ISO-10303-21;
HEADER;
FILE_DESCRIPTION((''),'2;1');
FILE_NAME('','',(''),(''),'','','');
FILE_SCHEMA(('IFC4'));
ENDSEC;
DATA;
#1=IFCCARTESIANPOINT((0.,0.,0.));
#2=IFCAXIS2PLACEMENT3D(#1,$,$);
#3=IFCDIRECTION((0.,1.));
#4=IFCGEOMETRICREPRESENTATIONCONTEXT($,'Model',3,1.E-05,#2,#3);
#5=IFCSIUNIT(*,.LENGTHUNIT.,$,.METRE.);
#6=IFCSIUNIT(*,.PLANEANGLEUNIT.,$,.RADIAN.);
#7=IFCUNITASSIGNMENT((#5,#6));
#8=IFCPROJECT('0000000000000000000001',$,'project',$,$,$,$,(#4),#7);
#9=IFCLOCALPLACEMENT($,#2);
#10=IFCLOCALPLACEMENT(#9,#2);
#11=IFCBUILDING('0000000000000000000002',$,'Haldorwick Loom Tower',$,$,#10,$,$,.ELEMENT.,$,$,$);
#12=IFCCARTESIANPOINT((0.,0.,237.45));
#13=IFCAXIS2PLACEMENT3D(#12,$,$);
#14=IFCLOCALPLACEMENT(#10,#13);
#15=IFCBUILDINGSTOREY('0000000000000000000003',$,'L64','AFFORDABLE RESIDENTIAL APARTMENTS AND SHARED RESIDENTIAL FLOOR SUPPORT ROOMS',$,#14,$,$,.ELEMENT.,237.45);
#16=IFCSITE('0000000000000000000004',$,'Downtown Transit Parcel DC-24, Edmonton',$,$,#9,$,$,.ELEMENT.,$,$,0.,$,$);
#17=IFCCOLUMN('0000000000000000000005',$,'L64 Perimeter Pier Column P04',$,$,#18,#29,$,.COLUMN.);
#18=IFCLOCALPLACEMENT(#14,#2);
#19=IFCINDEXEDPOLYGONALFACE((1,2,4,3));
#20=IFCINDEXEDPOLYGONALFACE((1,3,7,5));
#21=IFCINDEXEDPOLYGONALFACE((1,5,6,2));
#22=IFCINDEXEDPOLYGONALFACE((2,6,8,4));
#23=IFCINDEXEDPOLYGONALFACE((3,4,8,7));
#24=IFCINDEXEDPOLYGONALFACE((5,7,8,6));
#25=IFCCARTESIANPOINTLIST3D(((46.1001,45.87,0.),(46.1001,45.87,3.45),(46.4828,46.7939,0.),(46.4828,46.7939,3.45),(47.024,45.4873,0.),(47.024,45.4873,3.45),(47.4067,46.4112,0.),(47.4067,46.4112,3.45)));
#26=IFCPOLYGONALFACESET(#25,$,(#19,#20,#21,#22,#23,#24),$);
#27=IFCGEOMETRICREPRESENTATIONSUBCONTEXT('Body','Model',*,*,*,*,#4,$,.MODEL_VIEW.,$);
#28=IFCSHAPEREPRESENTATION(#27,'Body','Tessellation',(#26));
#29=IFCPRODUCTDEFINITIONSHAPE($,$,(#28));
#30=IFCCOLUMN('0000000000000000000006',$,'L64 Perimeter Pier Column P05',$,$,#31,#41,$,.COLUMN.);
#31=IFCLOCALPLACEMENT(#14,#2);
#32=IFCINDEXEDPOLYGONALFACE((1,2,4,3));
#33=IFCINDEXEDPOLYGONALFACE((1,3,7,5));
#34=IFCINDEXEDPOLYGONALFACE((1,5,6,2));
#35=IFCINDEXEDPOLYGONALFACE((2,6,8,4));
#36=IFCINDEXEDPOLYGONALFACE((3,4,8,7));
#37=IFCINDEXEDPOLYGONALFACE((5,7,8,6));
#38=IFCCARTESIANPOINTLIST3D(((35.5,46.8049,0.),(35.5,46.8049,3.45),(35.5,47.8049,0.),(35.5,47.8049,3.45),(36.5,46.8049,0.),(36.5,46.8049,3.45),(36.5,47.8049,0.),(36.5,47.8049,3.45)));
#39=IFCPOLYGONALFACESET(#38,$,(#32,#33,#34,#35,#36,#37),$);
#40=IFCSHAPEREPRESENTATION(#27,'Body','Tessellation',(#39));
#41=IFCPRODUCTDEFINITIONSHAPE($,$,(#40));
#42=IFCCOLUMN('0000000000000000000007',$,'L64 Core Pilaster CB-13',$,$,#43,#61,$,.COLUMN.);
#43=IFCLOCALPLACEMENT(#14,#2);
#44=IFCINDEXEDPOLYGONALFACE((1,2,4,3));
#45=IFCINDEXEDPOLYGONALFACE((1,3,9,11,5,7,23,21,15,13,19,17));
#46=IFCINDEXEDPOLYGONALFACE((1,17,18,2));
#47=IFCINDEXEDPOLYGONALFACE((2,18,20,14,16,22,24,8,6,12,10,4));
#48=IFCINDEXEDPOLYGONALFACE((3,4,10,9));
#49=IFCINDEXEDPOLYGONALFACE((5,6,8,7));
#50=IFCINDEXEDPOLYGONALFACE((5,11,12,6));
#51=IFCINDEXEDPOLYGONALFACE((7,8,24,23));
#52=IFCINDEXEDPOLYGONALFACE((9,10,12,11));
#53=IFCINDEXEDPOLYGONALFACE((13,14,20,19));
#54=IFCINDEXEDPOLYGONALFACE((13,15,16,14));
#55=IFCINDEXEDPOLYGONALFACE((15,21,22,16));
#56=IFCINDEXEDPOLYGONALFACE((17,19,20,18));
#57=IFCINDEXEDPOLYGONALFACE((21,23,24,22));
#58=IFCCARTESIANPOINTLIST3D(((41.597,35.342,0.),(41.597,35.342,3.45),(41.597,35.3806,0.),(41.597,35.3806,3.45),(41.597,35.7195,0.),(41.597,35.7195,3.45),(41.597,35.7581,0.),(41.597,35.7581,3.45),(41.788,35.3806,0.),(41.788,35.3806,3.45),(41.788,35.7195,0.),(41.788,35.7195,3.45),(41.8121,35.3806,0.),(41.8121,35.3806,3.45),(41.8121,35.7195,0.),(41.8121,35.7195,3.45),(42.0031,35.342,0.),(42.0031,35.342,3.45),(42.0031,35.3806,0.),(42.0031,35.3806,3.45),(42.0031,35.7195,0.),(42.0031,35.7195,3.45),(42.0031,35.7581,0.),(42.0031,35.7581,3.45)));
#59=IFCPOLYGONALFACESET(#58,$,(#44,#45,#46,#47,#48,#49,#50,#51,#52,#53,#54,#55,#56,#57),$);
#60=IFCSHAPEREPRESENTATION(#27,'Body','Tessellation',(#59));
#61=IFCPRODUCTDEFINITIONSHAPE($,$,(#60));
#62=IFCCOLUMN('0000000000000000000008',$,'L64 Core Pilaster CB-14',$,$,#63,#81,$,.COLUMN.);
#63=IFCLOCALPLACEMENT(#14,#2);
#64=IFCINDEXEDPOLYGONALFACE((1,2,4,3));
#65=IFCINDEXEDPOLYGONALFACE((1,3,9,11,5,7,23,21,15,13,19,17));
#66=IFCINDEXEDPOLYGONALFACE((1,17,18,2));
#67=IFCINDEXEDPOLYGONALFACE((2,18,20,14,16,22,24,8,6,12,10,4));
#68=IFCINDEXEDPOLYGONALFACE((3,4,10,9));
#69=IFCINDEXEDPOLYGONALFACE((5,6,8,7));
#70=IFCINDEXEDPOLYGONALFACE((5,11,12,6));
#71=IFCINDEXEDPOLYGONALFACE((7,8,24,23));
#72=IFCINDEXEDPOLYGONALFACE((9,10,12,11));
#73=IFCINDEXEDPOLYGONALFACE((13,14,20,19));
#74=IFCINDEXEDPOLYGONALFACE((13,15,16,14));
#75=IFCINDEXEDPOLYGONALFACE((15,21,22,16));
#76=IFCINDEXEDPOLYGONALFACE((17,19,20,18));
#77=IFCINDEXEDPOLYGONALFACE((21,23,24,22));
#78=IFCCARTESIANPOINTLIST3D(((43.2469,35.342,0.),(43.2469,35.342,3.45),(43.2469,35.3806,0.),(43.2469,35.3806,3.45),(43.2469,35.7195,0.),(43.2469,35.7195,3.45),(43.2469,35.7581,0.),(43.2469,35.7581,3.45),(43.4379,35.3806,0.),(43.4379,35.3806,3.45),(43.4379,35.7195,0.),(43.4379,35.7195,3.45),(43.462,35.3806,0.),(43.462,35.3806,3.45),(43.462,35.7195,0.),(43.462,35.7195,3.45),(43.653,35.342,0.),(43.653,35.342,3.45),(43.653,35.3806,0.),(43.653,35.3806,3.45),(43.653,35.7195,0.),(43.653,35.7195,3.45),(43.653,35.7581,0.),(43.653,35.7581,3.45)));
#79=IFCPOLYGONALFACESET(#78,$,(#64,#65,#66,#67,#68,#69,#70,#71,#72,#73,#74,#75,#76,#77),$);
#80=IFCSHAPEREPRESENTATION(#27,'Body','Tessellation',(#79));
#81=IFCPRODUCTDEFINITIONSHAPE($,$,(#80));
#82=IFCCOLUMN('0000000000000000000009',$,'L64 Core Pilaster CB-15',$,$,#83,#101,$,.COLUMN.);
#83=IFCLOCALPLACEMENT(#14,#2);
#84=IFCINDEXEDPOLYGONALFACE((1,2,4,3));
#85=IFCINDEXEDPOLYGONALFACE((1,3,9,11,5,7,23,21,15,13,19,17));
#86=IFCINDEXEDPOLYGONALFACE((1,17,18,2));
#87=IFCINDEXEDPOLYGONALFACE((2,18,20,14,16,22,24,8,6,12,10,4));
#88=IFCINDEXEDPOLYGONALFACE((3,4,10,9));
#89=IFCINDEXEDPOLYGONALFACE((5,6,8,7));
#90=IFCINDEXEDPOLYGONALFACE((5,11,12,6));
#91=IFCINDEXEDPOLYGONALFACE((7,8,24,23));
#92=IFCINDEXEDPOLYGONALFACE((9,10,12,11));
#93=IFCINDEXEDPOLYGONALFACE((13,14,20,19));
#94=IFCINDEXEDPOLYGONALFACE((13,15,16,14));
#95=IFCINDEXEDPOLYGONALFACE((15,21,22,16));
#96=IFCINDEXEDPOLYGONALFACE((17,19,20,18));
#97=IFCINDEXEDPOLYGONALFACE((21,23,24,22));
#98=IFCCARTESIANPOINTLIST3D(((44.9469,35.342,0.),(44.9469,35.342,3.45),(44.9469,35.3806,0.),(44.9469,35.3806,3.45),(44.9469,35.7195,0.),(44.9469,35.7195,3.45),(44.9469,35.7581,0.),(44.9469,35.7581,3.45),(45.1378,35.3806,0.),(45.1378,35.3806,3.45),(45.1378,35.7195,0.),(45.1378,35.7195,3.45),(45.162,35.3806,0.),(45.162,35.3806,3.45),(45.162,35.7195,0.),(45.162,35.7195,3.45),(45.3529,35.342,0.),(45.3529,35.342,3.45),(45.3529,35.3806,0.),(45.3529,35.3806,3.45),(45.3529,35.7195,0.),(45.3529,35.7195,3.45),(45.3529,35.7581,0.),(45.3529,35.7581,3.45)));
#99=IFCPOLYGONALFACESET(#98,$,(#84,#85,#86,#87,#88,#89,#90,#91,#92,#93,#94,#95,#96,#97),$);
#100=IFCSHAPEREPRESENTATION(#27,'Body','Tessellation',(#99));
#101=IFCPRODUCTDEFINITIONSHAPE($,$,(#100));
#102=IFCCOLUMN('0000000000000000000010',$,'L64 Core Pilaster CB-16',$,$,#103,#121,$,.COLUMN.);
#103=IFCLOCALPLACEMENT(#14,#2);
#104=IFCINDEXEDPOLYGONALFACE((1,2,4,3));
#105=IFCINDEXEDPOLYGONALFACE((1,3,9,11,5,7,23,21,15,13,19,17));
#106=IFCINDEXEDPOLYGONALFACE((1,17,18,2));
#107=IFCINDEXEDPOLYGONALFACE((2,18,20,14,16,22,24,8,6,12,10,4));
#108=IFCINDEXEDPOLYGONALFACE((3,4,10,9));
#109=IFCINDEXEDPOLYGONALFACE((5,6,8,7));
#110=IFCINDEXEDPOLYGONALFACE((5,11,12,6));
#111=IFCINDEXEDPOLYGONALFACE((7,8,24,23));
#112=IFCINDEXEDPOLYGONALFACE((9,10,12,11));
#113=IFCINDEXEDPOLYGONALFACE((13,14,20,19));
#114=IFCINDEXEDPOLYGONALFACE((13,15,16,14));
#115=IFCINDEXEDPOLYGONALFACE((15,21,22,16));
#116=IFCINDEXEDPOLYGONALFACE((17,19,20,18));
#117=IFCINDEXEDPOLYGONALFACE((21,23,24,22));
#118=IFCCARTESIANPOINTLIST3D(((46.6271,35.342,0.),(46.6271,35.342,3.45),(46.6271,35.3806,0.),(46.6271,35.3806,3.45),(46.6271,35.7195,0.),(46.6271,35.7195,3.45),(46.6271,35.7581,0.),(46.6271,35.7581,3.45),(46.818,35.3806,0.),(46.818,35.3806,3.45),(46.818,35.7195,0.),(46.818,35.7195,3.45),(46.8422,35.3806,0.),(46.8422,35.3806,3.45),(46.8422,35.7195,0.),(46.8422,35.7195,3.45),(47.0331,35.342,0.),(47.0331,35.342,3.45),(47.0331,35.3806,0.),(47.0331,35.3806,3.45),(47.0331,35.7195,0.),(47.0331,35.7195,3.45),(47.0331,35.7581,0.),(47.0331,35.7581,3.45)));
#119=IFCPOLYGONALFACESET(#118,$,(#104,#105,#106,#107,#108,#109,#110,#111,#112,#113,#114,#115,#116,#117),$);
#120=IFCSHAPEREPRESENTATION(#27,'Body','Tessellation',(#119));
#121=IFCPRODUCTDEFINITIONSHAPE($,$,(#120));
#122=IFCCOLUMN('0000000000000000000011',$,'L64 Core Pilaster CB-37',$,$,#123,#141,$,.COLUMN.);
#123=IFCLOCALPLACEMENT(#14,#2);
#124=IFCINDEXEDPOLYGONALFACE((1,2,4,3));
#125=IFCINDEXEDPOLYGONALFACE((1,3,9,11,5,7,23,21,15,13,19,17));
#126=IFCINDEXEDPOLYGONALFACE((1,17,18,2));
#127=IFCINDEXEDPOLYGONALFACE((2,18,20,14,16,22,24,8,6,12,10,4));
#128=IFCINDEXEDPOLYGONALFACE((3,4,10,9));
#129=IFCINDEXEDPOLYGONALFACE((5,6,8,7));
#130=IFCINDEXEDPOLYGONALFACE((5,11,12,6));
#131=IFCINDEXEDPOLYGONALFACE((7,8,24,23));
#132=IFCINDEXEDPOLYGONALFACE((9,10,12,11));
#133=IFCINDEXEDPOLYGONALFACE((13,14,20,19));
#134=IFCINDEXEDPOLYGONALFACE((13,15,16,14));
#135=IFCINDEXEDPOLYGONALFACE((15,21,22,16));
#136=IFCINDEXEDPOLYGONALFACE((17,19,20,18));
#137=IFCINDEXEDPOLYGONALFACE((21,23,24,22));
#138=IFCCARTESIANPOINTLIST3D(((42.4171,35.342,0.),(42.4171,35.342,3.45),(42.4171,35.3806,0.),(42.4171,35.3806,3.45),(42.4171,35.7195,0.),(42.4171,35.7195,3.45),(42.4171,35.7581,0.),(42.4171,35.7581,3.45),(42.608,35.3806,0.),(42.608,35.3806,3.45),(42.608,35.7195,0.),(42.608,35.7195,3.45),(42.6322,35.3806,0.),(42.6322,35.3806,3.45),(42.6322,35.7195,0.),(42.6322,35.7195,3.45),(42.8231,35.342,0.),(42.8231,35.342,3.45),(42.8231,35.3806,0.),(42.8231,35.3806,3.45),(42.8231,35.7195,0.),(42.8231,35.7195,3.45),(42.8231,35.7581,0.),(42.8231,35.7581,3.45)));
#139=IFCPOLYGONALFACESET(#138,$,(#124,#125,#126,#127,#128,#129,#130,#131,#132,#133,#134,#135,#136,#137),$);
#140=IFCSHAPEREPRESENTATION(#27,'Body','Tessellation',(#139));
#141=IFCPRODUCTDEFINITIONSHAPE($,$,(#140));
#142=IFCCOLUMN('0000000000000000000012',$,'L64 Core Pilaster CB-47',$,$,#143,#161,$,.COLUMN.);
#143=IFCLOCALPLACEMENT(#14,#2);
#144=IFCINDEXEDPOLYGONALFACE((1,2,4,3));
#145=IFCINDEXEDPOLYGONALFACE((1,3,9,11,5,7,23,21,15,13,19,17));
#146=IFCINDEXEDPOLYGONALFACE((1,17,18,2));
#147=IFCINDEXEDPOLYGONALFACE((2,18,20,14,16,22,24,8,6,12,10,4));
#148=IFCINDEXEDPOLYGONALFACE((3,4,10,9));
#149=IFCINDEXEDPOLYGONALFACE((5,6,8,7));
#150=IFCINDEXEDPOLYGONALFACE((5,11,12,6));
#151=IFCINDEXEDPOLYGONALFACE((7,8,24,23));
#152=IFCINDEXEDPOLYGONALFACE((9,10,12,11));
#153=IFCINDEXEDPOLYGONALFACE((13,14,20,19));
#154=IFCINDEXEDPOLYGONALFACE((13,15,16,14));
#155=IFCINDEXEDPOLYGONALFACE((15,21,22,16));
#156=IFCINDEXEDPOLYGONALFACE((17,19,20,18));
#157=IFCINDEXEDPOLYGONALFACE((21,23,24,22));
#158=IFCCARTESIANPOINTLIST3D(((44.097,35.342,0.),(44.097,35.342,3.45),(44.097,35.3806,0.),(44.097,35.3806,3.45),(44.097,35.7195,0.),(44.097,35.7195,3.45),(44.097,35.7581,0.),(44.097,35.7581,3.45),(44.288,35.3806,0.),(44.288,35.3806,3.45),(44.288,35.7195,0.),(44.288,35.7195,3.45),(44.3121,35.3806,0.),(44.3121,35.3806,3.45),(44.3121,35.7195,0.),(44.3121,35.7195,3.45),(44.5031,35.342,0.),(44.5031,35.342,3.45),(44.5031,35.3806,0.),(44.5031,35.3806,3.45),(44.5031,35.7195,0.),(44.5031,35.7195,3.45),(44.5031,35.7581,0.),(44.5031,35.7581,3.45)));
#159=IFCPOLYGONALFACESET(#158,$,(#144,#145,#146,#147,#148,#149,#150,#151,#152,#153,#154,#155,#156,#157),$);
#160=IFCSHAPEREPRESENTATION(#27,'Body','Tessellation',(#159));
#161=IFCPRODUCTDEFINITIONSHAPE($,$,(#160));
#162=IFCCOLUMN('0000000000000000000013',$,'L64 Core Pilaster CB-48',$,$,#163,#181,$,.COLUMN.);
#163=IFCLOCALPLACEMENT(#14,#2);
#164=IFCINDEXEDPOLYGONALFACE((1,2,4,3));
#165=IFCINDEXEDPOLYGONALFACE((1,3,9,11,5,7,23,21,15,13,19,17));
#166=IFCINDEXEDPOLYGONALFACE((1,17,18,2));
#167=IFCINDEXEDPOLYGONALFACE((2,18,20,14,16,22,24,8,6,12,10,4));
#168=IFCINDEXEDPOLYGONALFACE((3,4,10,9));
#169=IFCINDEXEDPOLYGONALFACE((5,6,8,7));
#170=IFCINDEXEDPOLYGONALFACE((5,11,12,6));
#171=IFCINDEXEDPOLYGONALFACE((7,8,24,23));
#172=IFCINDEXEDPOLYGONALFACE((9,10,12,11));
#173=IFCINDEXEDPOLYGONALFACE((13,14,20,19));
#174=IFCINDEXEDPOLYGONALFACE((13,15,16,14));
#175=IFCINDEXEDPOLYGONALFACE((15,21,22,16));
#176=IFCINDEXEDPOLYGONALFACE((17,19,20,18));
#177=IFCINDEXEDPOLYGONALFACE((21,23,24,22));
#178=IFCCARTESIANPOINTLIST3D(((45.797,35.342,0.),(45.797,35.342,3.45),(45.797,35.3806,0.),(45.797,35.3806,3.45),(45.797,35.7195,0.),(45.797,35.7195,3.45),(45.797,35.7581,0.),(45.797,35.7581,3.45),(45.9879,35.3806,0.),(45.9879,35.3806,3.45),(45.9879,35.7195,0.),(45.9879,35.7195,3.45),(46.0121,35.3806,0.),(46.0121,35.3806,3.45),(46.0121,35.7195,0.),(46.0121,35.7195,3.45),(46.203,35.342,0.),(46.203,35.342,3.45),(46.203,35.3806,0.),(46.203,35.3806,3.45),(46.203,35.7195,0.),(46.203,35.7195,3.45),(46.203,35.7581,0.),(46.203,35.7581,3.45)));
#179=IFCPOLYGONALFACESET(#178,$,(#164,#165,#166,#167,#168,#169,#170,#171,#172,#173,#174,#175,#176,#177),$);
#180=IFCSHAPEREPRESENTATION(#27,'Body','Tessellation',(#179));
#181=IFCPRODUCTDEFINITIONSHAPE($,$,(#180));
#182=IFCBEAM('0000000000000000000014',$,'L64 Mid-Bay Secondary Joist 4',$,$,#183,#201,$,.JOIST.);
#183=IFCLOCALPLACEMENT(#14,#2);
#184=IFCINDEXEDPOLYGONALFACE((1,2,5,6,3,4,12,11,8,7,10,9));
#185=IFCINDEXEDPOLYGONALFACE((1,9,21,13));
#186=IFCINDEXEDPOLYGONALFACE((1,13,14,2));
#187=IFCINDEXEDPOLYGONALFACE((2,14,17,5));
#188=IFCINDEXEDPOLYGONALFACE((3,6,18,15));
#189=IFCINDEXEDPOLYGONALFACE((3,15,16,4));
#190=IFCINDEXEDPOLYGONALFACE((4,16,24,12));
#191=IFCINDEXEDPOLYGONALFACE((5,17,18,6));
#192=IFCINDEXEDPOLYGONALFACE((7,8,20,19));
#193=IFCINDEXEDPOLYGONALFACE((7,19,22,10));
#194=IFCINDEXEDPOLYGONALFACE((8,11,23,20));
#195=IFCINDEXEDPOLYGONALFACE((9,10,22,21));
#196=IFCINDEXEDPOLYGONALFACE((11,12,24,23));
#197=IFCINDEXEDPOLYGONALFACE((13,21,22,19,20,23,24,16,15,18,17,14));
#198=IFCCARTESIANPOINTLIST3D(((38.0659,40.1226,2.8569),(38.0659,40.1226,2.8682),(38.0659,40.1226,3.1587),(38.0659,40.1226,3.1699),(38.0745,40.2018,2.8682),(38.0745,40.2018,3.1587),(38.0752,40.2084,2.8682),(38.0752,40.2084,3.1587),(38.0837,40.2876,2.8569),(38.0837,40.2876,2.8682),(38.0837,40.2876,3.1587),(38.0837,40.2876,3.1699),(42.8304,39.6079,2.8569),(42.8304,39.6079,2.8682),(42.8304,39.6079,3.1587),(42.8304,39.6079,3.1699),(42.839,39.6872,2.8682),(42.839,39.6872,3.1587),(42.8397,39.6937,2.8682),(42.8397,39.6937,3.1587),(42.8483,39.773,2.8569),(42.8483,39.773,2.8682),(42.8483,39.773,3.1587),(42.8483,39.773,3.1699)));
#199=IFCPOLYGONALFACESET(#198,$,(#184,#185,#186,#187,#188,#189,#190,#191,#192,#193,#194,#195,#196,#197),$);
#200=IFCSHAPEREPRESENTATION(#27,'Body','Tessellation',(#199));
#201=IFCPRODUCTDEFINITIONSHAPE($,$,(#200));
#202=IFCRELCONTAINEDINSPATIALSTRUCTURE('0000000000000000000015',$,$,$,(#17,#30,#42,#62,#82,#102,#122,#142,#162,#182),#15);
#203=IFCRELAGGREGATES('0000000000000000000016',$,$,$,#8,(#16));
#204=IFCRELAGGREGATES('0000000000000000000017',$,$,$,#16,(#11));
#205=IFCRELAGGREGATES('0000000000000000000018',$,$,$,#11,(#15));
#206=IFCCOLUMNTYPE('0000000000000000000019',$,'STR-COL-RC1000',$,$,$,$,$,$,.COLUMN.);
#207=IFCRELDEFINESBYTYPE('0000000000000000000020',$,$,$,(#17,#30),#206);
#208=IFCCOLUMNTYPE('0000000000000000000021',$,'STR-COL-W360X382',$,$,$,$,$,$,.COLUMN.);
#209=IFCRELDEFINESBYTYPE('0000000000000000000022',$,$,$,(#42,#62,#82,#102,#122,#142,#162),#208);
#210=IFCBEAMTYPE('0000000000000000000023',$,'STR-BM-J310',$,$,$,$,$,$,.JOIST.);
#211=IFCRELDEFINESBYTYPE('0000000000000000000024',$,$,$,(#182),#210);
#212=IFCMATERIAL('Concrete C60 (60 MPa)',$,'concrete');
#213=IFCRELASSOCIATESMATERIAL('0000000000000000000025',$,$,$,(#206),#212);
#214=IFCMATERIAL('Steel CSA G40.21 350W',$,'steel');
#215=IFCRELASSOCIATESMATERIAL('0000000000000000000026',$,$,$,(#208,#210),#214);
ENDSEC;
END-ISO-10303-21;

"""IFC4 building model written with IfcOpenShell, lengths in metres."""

from ifc_helpers import new_model, si_unit, direction, frame, origin, origin_2d, place, context, subcontext, project, spatial, rectangle, i_section, extrude, material, material_profile, profile_set, type_object, element, save


model = new_model("IFC4")

# Units and contexts
model_context = context("Model", 3, precision=1e-05, world=origin(), true_north=direction((0.0, 1.0)))
body_context = subcontext(model_context, "Body", "Model", "MODEL_VIEW")
ifc_project = project(units=[si_unit("LENGTHUNIT", "METRE"), si_unit("PLANEANGLEUNIT", "RADIAN")], contexts=[model_context])

# Site, building, storey
site_placement = place(None, origin())
site = spatial("IfcSite", under=ifc_project, at=site_placement, Name="Downtown Transit Parcel DC-24, Edmonton", CompositionType="ELEMENT", RefElevation=0.0)
building_placement = place(site_placement, origin())
building = spatial("IfcBuilding", under=site, at=building_placement, Name="Haldorwick Loom Tower", CompositionType="ELEMENT")
storey_placement = place(building_placement, frame((0.0, 0.0, 237.45)))
storey = spatial("IfcBuildingStorey", under=building, at=storey_placement, Name="L64", Description="AFFORDABLE RESIDENTIAL APARTMENTS AND SHARED RESIDENTIAL FLOOR SUPPORT ROOMS", CompositionType="ELEMENT", Elevation=237.45)

# Columns
ifc_material_1 = material(Name="Concrete C60 (60 MPa)", Category="concrete")
ifc_material_profile_1 = material_profile(ifc_material_1, rectangle(XDim=1.0, YDim=1.0, at=origin_2d()), Name="RC1000X1000", Category="concrete")
ifc_profile_set_1 = profile_set([ifc_material_profile_1], Name="Concrete C60 (60 MPa)")
column_type_1 = type_object("IfcColumnType", Name="STR-COL-RC1000", PredefinedType="COLUMN", material=ifc_profile_set_1)
for number, where, z_axis, x_axis, name in (
    (1, (46.7534, 46.1406, 0.0), (0.0, 0.0, 1.0), (0.382683, 0.92388, 0.0), "L64 Perimeter Pier Column P04"),
    (2, (36.0, 47.3049, 0.0), (0.0, 0.0, 1.0), (0.0, 1.0, 0.0), "L64 Perimeter Pier Column P05"),
):
    element("IfcColumn", number, at=place(storey_placement, frame(where, z_axis=z_axis, x_axis=x_axis)), inside=storey, type_object=column_type_1, Name=name, PredefinedType="COLUMN", context=body_context, shape_type="SweptSolid", body=[
        extrude(rectangle(XDim=1.0, YDim=1.0, at=origin_2d()), origin(), (0.0, 0.0, 1.0), 3.45),
    ])
ifc_material_2 = material(Name="Steel CSA G40.21 350W", Category="steel")
ifc_material_profile_2 = material_profile(ifc_material_2, i_section(OverallWidth=0.406, OverallDepth=0.416, WebThickness=0.0242, FlangeThickness=0.0386, at=origin_2d()), Name="W360X382", Category="steel")
ifc_profile_set_2 = profile_set([ifc_material_profile_2], Name="Steel CSA G40.21 350W")
column_type_2 = type_object("IfcColumnType", Name="STR-COL-W360X382", PredefinedType="COLUMN", material=ifc_profile_set_2)
for number, where, z_axis, x_axis, name in (
    (3, (41.8, 35.55, 0.0), (0.0, 0.0, 1.0), (1.0, 0.0, 0.0), "L64 Core Pilaster CB-13"),
    (4, (43.45, 35.55, 0.0), (0.0, 0.0, 1.0), (1.0, 0.0, 0.0), "L64 Core Pilaster CB-14"),
    (5, (45.1499, 35.55, 0.0), (0.0, 0.0, 1.0), (1.0, 0.0, 0.0), "L64 Core Pilaster CB-15"),
    (6, (46.8301, 35.55, 0.0), (0.0, 0.0, 1.0), (1.0, 0.0, 0.0), "L64 Core Pilaster CB-16"),
    (7, (42.6201, 35.55, 0.0), (0.0, 0.0, 1.0), (1.0, 0.0, 0.0), "L64 Core Pilaster CB-37"),
    (8, (44.3, 35.55, 0.0), (0.0, 0.0, 1.0), (1.0, 0.0, 0.0), "L64 Core Pilaster CB-47"),
    (9, (46.0, 35.55, 0.0), (0.0, 0.0, 1.0), (1.0, 0.0, 0.0), "L64 Core Pilaster CB-48"),
):
    element("IfcColumn", number, at=place(storey_placement, frame(where, z_axis=z_axis, x_axis=x_axis)), inside=storey, type_object=column_type_2, Name=name, PredefinedType="COLUMN", context=body_context, shape_type="SweptSolid", body=[
        extrude(i_section(OverallWidth=0.406, OverallDepth=0.416, WebThickness=0.0242, FlangeThickness=0.0386, at=origin_2d()), origin(), (0.0, 0.0, 1.0), 3.45),
    ])

# Beam
ifc_material_profile_3 = material_profile(ifc_material_2, i_section(OverallWidth=0.166, OverallDepth=0.313, WebThickness=0.0066, FlangeThickness=0.0112, at=origin_2d()), Name="W310X45", Category="steel")
ifc_profile_set_3 = profile_set([ifc_material_profile_3], Name="Steel CSA G40.21 350W")
beam_type_1 = type_object("IfcBeamType", Name="STR-BM-J310", PredefinedType="JOIST", material=ifc_profile_set_3)
beam_1_placement = place(storey_placement, frame((42.8394, 39.6904, 3.0134), z_axis=(-0.994216, 0.107395, 0.0), x_axis=(-0.107395, -0.994216, 0.0)))
element("IfcBeam", 10, at=beam_1_placement, inside=storey, type_object=beam_type_1, Name="L64 Mid-Bay Secondary Joist 4", PredefinedType="JOIST", context=body_context, shape_type="SweptSolid", body=[
    extrude(i_section(OverallWidth=0.166, OverallDepth=0.313, WebThickness=0.0066, FlangeThickness=0.0112, at=origin_2d()), origin(), (0.0, 0.0, 1.0), 4.7922),
])

save(model, "model.ifc")
